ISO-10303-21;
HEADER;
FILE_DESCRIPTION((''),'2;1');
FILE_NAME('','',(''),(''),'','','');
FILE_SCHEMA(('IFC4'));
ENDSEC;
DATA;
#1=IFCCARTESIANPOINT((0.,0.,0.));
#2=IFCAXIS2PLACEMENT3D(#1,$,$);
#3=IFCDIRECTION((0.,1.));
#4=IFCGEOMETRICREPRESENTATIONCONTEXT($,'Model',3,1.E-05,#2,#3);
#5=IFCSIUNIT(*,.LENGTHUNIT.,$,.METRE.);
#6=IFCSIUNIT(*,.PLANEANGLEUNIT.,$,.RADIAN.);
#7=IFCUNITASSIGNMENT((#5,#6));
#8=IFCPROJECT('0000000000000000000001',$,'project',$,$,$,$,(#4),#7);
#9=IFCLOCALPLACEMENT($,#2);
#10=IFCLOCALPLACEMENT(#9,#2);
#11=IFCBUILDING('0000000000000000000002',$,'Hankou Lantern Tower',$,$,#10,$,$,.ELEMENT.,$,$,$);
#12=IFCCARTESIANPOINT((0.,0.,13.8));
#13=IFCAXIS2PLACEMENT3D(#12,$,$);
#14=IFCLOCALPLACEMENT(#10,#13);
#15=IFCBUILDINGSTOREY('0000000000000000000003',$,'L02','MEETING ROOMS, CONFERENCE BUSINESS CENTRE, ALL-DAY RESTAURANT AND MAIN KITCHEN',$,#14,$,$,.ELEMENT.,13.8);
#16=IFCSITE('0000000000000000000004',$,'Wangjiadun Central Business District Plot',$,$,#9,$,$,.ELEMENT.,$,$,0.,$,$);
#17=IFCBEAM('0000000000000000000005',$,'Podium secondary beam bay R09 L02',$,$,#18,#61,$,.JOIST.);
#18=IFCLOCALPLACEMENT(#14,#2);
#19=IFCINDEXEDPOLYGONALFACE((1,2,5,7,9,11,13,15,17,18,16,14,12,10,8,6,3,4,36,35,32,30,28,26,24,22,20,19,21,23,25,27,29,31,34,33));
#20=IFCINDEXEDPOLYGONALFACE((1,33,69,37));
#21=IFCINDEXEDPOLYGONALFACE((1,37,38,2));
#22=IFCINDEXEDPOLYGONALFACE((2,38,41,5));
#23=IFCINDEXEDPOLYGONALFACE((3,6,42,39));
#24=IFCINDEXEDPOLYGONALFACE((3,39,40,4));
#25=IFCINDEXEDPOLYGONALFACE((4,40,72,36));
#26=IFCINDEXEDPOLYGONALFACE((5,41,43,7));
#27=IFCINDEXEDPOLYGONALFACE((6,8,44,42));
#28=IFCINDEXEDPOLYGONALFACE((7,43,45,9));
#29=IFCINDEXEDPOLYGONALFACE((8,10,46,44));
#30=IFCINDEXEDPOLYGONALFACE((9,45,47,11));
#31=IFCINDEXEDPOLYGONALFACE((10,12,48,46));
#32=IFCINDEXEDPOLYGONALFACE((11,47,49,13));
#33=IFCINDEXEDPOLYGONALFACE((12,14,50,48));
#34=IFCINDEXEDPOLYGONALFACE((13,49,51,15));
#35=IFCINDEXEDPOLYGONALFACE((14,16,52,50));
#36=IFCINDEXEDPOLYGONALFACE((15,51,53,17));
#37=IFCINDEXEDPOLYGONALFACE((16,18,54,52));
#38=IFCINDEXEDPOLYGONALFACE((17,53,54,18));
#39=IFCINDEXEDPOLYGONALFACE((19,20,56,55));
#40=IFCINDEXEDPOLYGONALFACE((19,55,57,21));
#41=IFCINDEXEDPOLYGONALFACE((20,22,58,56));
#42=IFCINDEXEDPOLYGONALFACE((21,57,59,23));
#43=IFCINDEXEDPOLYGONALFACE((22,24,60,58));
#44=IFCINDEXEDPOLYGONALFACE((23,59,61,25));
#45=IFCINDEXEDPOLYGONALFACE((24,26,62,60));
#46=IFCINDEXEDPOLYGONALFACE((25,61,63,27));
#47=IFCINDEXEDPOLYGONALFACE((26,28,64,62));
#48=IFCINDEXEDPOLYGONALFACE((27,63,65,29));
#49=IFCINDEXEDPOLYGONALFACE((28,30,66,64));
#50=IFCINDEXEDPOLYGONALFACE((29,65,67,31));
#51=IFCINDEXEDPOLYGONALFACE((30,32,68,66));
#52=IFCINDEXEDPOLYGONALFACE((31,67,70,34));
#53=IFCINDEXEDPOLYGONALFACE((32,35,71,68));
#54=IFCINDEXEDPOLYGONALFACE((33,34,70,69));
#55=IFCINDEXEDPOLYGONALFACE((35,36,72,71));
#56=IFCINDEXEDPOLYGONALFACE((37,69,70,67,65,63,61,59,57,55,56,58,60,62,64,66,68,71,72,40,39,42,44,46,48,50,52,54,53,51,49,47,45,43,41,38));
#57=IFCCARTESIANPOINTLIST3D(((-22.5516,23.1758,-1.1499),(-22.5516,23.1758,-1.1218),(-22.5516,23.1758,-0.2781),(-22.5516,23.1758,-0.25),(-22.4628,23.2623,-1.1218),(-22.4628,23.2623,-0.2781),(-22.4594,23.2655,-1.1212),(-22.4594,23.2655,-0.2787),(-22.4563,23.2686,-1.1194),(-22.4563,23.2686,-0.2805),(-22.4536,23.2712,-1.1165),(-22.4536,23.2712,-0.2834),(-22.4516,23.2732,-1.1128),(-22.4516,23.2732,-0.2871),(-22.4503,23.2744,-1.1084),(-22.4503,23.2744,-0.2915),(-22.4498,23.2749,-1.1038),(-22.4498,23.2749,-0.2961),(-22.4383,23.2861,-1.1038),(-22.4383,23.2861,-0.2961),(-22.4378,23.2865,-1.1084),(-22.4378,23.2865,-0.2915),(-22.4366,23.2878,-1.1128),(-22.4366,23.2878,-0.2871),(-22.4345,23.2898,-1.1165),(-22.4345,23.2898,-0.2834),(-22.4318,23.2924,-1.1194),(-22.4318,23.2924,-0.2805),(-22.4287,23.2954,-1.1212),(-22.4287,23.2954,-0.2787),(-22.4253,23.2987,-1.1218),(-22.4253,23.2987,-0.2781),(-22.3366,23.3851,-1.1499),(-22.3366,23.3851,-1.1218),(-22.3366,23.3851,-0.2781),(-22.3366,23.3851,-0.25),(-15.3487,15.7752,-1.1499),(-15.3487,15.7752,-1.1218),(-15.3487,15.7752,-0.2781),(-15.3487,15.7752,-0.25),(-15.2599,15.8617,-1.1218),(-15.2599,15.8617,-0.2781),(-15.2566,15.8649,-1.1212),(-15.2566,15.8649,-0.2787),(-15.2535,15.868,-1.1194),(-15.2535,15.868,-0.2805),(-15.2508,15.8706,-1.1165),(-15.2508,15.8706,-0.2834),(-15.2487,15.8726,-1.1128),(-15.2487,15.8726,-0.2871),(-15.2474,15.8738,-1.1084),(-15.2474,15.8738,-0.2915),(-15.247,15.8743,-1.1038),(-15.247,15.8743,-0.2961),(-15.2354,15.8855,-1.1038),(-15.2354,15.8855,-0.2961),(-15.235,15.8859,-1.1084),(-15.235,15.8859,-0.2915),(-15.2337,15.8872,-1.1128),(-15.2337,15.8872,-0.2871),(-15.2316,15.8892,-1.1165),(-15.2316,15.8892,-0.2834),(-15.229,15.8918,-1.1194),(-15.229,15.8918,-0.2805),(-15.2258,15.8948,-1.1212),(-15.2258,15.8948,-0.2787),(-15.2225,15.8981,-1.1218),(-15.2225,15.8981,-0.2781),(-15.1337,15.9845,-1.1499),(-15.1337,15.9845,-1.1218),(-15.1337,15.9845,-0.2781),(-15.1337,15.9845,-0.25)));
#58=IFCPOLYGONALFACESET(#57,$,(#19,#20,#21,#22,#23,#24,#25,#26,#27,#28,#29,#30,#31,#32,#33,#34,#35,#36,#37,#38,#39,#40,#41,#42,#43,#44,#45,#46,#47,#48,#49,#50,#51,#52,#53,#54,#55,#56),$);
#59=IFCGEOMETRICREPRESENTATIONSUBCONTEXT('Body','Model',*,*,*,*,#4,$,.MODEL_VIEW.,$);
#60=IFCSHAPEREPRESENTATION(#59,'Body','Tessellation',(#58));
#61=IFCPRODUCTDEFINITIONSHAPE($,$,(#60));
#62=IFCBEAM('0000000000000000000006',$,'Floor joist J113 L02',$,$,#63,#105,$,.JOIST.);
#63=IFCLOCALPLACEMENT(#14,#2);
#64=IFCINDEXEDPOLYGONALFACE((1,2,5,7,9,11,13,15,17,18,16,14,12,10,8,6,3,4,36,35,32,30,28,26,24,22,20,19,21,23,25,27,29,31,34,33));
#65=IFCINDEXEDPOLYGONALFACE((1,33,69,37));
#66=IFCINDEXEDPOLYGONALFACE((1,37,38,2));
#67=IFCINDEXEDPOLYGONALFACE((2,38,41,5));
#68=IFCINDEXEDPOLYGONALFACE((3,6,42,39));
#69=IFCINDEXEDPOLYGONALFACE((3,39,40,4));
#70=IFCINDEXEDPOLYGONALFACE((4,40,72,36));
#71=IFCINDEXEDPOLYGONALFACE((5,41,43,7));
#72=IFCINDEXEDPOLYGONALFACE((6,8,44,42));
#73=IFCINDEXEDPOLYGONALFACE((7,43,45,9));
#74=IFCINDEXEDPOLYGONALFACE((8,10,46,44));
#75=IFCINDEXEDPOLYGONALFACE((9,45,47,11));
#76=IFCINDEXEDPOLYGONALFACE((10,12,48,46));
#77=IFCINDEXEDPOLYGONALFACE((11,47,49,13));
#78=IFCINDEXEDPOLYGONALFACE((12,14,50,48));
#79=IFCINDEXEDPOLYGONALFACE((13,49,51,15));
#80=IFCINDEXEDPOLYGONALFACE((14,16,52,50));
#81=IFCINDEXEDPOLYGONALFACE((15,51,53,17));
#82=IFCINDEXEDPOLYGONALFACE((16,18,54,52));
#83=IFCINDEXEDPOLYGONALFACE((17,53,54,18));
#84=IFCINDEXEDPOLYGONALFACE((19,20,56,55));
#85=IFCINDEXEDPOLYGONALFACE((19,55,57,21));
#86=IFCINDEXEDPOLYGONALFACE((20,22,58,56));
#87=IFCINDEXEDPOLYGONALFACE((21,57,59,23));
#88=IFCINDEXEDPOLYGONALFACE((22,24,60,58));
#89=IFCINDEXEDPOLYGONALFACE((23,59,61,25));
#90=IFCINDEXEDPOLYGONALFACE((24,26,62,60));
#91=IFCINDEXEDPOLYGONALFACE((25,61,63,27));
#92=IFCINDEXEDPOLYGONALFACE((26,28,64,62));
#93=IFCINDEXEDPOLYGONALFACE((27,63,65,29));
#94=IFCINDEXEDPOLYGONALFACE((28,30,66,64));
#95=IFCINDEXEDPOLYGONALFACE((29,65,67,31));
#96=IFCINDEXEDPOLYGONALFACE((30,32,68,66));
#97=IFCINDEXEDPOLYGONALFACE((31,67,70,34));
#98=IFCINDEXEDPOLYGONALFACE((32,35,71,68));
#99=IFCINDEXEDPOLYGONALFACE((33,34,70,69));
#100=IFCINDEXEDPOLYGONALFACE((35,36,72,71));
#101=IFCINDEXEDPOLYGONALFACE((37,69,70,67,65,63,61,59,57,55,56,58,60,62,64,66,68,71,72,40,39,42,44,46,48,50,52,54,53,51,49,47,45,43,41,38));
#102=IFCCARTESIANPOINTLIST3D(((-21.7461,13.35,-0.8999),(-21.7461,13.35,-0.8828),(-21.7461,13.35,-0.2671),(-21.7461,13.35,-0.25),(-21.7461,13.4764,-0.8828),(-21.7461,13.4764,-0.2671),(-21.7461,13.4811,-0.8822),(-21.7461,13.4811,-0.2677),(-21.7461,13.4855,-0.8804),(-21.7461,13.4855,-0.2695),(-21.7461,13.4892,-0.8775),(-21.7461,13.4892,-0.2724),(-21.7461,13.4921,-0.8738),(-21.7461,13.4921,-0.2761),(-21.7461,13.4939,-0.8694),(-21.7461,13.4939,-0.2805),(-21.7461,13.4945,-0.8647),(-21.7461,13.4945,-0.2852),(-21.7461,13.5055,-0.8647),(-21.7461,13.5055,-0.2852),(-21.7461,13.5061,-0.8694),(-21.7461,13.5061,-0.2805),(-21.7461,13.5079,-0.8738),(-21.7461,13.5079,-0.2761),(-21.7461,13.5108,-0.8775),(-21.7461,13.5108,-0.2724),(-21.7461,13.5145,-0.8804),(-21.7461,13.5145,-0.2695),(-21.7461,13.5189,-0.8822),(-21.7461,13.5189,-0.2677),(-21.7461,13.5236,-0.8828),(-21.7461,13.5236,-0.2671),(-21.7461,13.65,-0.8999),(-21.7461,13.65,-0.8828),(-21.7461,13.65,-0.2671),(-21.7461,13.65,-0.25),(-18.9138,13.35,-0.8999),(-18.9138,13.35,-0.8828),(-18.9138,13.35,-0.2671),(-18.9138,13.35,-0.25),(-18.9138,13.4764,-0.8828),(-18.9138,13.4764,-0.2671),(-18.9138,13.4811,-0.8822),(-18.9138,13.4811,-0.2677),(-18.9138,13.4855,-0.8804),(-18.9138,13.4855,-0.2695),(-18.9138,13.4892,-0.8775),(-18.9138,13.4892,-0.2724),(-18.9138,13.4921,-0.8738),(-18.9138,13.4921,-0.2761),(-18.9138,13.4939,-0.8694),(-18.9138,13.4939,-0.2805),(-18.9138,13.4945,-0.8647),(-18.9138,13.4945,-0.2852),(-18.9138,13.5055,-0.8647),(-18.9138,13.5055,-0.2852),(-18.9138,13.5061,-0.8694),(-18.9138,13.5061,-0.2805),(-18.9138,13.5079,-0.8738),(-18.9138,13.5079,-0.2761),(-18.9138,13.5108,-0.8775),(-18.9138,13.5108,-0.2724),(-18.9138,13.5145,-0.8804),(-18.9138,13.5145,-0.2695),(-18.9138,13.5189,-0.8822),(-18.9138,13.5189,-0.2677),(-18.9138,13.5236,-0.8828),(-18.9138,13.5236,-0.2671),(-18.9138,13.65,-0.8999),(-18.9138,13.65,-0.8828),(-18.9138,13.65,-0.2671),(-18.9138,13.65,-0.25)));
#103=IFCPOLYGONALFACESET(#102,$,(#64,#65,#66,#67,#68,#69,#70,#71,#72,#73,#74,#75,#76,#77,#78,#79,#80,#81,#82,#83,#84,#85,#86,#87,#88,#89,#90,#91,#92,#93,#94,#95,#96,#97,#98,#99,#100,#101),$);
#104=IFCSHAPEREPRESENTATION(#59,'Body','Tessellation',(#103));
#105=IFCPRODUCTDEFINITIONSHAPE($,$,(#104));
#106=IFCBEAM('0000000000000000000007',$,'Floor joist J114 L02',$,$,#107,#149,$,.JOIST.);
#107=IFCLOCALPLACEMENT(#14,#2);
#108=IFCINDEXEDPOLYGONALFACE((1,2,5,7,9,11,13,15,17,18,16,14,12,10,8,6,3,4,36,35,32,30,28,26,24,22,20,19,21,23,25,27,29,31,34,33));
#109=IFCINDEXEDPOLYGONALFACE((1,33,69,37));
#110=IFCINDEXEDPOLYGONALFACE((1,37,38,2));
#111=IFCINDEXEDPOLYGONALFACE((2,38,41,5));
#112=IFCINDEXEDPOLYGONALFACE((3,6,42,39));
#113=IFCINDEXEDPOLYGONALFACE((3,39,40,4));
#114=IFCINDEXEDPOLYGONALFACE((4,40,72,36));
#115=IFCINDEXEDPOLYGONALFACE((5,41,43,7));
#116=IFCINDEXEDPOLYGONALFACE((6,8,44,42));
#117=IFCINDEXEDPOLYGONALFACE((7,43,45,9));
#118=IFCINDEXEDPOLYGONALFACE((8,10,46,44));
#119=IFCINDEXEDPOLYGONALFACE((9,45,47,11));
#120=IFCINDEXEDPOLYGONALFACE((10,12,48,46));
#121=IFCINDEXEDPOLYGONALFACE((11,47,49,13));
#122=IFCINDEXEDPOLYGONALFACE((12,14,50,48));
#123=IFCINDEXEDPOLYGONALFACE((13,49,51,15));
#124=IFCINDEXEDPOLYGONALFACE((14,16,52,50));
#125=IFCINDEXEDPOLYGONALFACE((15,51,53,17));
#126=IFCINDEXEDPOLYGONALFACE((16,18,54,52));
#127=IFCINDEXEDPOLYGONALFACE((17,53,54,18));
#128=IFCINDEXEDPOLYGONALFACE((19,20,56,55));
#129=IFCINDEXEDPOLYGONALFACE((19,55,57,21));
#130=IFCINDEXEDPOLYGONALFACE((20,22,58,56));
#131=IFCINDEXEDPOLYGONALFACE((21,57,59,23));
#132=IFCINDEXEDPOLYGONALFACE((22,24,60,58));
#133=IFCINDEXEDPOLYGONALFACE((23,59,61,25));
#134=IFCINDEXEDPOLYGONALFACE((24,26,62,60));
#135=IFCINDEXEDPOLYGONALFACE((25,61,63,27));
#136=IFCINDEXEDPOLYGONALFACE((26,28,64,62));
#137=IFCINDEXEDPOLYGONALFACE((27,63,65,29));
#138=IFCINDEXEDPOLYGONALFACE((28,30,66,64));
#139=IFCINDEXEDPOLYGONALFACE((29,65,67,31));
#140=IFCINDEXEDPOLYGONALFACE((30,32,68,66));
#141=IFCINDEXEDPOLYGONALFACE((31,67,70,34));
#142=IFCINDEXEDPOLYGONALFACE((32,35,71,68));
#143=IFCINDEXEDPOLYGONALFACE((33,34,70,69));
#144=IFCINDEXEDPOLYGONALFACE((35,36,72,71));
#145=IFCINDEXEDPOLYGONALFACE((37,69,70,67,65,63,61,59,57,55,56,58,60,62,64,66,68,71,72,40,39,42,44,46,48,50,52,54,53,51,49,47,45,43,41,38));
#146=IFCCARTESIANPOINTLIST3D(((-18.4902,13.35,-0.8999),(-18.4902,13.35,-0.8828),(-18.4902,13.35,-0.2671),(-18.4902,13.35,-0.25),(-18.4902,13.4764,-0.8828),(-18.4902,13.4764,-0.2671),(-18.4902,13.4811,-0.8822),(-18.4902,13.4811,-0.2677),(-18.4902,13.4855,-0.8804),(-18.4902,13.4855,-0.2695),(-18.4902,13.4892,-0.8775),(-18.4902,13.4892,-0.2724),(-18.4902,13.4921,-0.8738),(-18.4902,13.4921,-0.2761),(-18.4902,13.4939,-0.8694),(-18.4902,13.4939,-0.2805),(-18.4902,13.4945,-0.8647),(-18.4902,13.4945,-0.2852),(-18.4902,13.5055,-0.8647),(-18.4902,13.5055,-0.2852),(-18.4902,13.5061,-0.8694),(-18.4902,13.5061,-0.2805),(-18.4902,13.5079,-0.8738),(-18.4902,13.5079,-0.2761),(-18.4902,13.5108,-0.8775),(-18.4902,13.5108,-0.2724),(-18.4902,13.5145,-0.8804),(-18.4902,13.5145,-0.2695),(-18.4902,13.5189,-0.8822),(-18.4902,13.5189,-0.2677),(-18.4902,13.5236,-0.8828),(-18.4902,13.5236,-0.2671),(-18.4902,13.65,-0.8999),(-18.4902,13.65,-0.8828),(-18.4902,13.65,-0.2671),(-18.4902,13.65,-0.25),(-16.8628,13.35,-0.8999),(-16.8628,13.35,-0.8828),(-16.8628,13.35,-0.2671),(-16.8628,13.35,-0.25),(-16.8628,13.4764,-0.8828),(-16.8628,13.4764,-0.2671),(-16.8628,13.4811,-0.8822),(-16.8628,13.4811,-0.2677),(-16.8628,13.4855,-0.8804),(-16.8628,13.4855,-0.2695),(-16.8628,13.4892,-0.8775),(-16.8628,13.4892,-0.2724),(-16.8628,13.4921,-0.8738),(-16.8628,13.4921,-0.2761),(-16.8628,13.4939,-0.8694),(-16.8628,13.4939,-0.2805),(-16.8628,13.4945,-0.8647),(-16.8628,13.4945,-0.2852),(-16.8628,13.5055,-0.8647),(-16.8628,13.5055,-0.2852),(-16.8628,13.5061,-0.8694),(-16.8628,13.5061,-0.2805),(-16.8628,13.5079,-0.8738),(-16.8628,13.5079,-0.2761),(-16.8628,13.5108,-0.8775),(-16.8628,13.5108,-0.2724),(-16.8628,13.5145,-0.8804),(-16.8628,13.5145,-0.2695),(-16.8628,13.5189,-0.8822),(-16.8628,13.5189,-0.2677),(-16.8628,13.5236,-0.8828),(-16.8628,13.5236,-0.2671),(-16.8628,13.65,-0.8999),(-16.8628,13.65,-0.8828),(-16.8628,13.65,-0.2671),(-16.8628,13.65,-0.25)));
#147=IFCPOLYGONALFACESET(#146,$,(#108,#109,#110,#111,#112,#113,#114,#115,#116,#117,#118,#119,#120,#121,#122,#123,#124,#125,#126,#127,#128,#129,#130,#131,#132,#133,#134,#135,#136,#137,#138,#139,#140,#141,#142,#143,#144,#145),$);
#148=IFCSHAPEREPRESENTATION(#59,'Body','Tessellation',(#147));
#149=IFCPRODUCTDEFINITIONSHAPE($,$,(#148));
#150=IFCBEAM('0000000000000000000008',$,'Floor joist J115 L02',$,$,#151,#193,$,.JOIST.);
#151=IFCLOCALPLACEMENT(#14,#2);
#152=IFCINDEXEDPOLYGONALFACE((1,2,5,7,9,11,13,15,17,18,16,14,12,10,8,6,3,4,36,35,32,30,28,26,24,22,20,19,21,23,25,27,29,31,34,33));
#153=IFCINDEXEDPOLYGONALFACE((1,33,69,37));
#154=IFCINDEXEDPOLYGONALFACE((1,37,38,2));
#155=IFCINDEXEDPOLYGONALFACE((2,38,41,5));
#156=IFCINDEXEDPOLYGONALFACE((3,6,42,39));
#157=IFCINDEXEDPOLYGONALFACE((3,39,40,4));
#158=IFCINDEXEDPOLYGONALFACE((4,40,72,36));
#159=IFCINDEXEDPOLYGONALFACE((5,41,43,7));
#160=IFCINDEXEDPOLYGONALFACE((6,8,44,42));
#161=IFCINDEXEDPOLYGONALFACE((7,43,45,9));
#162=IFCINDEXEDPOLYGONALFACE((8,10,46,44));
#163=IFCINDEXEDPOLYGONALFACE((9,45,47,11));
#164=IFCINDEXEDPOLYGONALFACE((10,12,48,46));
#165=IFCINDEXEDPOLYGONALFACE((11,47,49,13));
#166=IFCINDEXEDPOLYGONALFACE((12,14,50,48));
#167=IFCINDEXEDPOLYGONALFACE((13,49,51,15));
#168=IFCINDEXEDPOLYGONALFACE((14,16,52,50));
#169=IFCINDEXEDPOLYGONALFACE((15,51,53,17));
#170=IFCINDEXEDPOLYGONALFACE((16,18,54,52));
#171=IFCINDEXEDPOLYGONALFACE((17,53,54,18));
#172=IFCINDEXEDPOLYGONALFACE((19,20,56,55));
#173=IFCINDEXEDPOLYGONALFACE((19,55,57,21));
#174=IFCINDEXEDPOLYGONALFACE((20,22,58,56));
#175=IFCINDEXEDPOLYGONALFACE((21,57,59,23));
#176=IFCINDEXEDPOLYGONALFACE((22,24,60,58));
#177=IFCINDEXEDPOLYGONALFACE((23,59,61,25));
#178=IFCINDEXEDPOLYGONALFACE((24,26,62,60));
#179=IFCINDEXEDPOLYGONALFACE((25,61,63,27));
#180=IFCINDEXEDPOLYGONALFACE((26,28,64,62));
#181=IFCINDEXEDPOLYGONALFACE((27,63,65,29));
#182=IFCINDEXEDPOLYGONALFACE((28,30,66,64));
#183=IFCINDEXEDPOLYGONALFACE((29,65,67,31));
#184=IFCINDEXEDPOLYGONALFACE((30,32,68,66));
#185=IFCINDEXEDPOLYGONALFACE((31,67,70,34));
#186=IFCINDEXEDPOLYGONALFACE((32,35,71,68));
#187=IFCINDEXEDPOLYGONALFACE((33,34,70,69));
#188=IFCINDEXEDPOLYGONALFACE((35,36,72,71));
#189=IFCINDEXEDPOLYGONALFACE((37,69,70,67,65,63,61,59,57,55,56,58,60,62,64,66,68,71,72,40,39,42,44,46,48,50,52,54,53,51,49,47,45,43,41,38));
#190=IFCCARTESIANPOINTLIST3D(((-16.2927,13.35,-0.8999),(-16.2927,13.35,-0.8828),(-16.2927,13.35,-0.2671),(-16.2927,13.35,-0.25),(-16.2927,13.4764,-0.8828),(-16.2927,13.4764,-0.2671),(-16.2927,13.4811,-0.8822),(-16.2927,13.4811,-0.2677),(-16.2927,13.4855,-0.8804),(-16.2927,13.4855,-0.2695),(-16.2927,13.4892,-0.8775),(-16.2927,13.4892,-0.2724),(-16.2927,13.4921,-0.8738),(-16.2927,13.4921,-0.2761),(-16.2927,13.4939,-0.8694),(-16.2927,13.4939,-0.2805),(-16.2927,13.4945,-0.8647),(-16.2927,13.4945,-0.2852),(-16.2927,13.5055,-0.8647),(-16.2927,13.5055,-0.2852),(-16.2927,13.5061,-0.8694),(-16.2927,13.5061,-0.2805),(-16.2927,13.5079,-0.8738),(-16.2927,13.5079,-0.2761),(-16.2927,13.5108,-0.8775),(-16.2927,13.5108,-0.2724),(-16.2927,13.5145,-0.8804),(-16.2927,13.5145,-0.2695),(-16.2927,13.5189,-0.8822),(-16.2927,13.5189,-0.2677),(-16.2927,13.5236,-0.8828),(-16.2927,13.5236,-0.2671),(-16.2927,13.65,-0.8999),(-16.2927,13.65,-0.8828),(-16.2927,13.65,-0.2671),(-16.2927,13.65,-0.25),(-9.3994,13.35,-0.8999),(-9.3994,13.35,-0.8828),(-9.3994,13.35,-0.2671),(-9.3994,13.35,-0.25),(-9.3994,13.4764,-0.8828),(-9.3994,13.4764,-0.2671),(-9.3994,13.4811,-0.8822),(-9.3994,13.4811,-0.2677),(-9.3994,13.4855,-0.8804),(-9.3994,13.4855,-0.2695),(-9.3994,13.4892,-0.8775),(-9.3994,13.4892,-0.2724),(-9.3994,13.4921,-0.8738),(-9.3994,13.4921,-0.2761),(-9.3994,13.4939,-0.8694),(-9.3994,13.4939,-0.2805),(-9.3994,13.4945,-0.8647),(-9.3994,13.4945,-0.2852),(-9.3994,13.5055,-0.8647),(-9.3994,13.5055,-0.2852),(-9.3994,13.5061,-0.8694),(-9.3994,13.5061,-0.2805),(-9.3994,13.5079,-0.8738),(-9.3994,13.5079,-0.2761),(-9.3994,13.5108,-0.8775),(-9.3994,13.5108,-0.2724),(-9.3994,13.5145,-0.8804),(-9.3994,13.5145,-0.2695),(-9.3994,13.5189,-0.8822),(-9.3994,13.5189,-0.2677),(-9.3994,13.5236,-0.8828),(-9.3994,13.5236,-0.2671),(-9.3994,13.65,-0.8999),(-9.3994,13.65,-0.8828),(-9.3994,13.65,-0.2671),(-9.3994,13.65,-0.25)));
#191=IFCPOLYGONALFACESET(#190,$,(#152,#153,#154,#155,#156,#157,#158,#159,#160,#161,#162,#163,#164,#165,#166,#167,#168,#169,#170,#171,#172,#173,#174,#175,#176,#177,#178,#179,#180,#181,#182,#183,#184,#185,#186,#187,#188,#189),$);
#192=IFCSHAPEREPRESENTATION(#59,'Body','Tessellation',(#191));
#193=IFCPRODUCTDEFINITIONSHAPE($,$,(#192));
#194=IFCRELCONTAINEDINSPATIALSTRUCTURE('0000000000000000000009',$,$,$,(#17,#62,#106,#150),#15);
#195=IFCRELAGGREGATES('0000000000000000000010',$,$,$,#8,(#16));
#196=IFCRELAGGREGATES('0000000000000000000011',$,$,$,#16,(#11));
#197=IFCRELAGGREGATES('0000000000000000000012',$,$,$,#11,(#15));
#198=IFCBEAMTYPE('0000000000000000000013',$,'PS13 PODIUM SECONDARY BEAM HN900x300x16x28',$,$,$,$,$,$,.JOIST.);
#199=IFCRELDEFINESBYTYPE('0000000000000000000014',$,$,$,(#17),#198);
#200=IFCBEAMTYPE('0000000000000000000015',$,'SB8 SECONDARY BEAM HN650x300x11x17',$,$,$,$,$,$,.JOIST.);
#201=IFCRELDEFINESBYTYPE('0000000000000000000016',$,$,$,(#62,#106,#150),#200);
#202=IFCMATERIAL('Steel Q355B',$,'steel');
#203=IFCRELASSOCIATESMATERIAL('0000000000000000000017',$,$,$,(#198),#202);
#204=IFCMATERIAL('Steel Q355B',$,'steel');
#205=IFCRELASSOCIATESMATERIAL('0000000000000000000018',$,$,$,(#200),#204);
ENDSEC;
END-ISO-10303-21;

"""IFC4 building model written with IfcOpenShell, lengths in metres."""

from ifc_helpers import new_model, si_unit, direction, frame, origin, origin_2d, place, context, subcontext, project, spatial, i_section, extrude, material, material_profile, profile_set, type_object, element, save


model = new_model("IFC4")

# Units and contexts
model_context = context("Model", 3, precision=1e-05, world=origin(), true_north=direction((0.0, 1.0)))
body_context = subcontext(model_context, "Body", "Model", "MODEL_VIEW")
ifc_project = project(units=[si_unit("LENGTHUNIT", "METRE"), si_unit("PLANEANGLEUNIT", "RADIAN")], contexts=[model_context])

# Site, building, storey
site_placement = place(None, origin())
site = spatial("IfcSite", under=ifc_project, at=site_placement, Name="Wangjiadun Central Business District Plot", CompositionType="ELEMENT", RefElevation=0.0)
building_placement = place(site_placement, origin())
building = spatial("IfcBuilding", under=site, at=building_placement, Name="Hankou Lantern Tower", CompositionType="ELEMENT")
storey_placement = place(building_placement, frame((0.0, 0.0, 13.8)))
storey = spatial("IfcBuildingStorey", under=building, at=storey_placement, Name="L02", Description="MEETING ROOMS, CONFERENCE BUSINESS CENTRE, ALL-DAY RESTAURANT AND MAIN KITCHEN", CompositionType="ELEMENT", Elevation=13.8)

# Beams
ifc_material_1 = material(Name="Steel Q355B", Category="steel")
ifc_material_profile_1 = material_profile(ifc_material_1, i_section(OverallWidth=0.3, OverallDepth=0.8999, WebThickness=0.0161, FlangeThickness=0.0281, FilletRadius=0.0181, at=origin_2d()), Name="HN900x300x16x28")
ifc_profile_set_1 = profile_set([ifc_material_profile_1], Name="Steel Q355B")
beam_type_1 = type_object("IfcBeamType", Name="PS13 PODIUM SECONDARY BEAM HN900x300x16x28", PredefinedType="JOIST", material=ifc_profile_set_1)
beam_1_placement = place(storey_placement, frame((-15.2412, 15.8799, -0.7), z_axis=(-0.697468, 0.716616, 0.0), x_axis=(-0.716616, -0.697468, 0.0)))
element("IfcBeam", 1, at=beam_1_placement, inside=storey, type_object=beam_type_1, Name="Podium secondary beam bay R09 L02", PredefinedType="JOIST", context=body_context, shape_type="SweptSolid", body=[
    extrude(i_section(OverallWidth=0.3, OverallDepth=0.8999, WebThickness=0.0161, FlangeThickness=0.0281, FilletRadius=0.0181, at=origin_2d()), origin(), (0.0, 0.0, 1.0), 10.3271),
])
ifc_material_2 = material(Name="Steel Q355B", Category="steel")
ifc_material_profile_2 = material_profile(ifc_material_2, i_section(OverallWidth=0.3, OverallDepth=0.6499, WebThickness=0.011, FlangeThickness=0.0171, FilletRadius=0.0181, at=origin_2d()), Name="HN650x300x11x17")
ifc_profile_set_2 = profile_set([ifc_material_profile_2], Name="Steel Q355B")
beam_type_2 = type_object("IfcBeamType", Name="SB8 SECONDARY BEAM HN650x300x11x17", PredefinedType="JOIST", material=ifc_profile_set_2)
beam_2_placement = place(storey_placement, frame((-21.7461, 13.5, -0.575), z_axis=(1.0, 0.0, 0.0), x_axis=(0.0, 1.0, 0.0)))
element("IfcBeam", 2, at=beam_2_placement, inside=storey, type_object=beam_type_2, Name="Floor joist J113 L02", PredefinedType="JOIST", context=body_context, shape_type="SweptSolid", body=[
    extrude(i_section(OverallWidth=0.3, OverallDepth=0.6499, WebThickness=0.011, FlangeThickness=0.0171, FilletRadius=0.0181, at=origin_2d()), origin(), (0.0, 0.0, 1.0), 2.8323),
])
beam_3_placement = place(storey_placement, frame((-18.4902, 13.5, -0.575), z_axis=(1.0, 0.0, 0.0), x_axis=(0.0, 1.0, 0.0)))
element("IfcBeam", 3, at=beam_3_placement, inside=storey, type_object=beam_type_2, Name="Floor joist J114 L02", PredefinedType="JOIST", context=body_context, shape_type="SweptSolid", body=[
    extrude(i_section(OverallWidth=0.3, OverallDepth=0.6499, WebThickness=0.011, FlangeThickness=0.0171, FilletRadius=0.0181, at=origin_2d()), origin(), (0.0, 0.0, 1.0), 1.6274),
])
beam_4_placement = place(storey_placement, frame((-16.2927, 13.5, -0.575), z_axis=(1.0, 0.0, 0.0), x_axis=(0.0, 1.0, 0.0)))
element("IfcBeam", 4, at=beam_4_placement, inside=storey, type_object=beam_type_2, Name="Floor joist J115 L02", PredefinedType="JOIST", context=body_context, shape_type="SweptSolid", body=[
    extrude(i_section(OverallWidth=0.3, OverallDepth=0.6499, WebThickness=0.011, FlangeThickness=0.0171, FilletRadius=0.0181, at=origin_2d()), origin(), (0.0, 0.0, 1.0), 6.8933),
])

save(model, "model.ifc")
